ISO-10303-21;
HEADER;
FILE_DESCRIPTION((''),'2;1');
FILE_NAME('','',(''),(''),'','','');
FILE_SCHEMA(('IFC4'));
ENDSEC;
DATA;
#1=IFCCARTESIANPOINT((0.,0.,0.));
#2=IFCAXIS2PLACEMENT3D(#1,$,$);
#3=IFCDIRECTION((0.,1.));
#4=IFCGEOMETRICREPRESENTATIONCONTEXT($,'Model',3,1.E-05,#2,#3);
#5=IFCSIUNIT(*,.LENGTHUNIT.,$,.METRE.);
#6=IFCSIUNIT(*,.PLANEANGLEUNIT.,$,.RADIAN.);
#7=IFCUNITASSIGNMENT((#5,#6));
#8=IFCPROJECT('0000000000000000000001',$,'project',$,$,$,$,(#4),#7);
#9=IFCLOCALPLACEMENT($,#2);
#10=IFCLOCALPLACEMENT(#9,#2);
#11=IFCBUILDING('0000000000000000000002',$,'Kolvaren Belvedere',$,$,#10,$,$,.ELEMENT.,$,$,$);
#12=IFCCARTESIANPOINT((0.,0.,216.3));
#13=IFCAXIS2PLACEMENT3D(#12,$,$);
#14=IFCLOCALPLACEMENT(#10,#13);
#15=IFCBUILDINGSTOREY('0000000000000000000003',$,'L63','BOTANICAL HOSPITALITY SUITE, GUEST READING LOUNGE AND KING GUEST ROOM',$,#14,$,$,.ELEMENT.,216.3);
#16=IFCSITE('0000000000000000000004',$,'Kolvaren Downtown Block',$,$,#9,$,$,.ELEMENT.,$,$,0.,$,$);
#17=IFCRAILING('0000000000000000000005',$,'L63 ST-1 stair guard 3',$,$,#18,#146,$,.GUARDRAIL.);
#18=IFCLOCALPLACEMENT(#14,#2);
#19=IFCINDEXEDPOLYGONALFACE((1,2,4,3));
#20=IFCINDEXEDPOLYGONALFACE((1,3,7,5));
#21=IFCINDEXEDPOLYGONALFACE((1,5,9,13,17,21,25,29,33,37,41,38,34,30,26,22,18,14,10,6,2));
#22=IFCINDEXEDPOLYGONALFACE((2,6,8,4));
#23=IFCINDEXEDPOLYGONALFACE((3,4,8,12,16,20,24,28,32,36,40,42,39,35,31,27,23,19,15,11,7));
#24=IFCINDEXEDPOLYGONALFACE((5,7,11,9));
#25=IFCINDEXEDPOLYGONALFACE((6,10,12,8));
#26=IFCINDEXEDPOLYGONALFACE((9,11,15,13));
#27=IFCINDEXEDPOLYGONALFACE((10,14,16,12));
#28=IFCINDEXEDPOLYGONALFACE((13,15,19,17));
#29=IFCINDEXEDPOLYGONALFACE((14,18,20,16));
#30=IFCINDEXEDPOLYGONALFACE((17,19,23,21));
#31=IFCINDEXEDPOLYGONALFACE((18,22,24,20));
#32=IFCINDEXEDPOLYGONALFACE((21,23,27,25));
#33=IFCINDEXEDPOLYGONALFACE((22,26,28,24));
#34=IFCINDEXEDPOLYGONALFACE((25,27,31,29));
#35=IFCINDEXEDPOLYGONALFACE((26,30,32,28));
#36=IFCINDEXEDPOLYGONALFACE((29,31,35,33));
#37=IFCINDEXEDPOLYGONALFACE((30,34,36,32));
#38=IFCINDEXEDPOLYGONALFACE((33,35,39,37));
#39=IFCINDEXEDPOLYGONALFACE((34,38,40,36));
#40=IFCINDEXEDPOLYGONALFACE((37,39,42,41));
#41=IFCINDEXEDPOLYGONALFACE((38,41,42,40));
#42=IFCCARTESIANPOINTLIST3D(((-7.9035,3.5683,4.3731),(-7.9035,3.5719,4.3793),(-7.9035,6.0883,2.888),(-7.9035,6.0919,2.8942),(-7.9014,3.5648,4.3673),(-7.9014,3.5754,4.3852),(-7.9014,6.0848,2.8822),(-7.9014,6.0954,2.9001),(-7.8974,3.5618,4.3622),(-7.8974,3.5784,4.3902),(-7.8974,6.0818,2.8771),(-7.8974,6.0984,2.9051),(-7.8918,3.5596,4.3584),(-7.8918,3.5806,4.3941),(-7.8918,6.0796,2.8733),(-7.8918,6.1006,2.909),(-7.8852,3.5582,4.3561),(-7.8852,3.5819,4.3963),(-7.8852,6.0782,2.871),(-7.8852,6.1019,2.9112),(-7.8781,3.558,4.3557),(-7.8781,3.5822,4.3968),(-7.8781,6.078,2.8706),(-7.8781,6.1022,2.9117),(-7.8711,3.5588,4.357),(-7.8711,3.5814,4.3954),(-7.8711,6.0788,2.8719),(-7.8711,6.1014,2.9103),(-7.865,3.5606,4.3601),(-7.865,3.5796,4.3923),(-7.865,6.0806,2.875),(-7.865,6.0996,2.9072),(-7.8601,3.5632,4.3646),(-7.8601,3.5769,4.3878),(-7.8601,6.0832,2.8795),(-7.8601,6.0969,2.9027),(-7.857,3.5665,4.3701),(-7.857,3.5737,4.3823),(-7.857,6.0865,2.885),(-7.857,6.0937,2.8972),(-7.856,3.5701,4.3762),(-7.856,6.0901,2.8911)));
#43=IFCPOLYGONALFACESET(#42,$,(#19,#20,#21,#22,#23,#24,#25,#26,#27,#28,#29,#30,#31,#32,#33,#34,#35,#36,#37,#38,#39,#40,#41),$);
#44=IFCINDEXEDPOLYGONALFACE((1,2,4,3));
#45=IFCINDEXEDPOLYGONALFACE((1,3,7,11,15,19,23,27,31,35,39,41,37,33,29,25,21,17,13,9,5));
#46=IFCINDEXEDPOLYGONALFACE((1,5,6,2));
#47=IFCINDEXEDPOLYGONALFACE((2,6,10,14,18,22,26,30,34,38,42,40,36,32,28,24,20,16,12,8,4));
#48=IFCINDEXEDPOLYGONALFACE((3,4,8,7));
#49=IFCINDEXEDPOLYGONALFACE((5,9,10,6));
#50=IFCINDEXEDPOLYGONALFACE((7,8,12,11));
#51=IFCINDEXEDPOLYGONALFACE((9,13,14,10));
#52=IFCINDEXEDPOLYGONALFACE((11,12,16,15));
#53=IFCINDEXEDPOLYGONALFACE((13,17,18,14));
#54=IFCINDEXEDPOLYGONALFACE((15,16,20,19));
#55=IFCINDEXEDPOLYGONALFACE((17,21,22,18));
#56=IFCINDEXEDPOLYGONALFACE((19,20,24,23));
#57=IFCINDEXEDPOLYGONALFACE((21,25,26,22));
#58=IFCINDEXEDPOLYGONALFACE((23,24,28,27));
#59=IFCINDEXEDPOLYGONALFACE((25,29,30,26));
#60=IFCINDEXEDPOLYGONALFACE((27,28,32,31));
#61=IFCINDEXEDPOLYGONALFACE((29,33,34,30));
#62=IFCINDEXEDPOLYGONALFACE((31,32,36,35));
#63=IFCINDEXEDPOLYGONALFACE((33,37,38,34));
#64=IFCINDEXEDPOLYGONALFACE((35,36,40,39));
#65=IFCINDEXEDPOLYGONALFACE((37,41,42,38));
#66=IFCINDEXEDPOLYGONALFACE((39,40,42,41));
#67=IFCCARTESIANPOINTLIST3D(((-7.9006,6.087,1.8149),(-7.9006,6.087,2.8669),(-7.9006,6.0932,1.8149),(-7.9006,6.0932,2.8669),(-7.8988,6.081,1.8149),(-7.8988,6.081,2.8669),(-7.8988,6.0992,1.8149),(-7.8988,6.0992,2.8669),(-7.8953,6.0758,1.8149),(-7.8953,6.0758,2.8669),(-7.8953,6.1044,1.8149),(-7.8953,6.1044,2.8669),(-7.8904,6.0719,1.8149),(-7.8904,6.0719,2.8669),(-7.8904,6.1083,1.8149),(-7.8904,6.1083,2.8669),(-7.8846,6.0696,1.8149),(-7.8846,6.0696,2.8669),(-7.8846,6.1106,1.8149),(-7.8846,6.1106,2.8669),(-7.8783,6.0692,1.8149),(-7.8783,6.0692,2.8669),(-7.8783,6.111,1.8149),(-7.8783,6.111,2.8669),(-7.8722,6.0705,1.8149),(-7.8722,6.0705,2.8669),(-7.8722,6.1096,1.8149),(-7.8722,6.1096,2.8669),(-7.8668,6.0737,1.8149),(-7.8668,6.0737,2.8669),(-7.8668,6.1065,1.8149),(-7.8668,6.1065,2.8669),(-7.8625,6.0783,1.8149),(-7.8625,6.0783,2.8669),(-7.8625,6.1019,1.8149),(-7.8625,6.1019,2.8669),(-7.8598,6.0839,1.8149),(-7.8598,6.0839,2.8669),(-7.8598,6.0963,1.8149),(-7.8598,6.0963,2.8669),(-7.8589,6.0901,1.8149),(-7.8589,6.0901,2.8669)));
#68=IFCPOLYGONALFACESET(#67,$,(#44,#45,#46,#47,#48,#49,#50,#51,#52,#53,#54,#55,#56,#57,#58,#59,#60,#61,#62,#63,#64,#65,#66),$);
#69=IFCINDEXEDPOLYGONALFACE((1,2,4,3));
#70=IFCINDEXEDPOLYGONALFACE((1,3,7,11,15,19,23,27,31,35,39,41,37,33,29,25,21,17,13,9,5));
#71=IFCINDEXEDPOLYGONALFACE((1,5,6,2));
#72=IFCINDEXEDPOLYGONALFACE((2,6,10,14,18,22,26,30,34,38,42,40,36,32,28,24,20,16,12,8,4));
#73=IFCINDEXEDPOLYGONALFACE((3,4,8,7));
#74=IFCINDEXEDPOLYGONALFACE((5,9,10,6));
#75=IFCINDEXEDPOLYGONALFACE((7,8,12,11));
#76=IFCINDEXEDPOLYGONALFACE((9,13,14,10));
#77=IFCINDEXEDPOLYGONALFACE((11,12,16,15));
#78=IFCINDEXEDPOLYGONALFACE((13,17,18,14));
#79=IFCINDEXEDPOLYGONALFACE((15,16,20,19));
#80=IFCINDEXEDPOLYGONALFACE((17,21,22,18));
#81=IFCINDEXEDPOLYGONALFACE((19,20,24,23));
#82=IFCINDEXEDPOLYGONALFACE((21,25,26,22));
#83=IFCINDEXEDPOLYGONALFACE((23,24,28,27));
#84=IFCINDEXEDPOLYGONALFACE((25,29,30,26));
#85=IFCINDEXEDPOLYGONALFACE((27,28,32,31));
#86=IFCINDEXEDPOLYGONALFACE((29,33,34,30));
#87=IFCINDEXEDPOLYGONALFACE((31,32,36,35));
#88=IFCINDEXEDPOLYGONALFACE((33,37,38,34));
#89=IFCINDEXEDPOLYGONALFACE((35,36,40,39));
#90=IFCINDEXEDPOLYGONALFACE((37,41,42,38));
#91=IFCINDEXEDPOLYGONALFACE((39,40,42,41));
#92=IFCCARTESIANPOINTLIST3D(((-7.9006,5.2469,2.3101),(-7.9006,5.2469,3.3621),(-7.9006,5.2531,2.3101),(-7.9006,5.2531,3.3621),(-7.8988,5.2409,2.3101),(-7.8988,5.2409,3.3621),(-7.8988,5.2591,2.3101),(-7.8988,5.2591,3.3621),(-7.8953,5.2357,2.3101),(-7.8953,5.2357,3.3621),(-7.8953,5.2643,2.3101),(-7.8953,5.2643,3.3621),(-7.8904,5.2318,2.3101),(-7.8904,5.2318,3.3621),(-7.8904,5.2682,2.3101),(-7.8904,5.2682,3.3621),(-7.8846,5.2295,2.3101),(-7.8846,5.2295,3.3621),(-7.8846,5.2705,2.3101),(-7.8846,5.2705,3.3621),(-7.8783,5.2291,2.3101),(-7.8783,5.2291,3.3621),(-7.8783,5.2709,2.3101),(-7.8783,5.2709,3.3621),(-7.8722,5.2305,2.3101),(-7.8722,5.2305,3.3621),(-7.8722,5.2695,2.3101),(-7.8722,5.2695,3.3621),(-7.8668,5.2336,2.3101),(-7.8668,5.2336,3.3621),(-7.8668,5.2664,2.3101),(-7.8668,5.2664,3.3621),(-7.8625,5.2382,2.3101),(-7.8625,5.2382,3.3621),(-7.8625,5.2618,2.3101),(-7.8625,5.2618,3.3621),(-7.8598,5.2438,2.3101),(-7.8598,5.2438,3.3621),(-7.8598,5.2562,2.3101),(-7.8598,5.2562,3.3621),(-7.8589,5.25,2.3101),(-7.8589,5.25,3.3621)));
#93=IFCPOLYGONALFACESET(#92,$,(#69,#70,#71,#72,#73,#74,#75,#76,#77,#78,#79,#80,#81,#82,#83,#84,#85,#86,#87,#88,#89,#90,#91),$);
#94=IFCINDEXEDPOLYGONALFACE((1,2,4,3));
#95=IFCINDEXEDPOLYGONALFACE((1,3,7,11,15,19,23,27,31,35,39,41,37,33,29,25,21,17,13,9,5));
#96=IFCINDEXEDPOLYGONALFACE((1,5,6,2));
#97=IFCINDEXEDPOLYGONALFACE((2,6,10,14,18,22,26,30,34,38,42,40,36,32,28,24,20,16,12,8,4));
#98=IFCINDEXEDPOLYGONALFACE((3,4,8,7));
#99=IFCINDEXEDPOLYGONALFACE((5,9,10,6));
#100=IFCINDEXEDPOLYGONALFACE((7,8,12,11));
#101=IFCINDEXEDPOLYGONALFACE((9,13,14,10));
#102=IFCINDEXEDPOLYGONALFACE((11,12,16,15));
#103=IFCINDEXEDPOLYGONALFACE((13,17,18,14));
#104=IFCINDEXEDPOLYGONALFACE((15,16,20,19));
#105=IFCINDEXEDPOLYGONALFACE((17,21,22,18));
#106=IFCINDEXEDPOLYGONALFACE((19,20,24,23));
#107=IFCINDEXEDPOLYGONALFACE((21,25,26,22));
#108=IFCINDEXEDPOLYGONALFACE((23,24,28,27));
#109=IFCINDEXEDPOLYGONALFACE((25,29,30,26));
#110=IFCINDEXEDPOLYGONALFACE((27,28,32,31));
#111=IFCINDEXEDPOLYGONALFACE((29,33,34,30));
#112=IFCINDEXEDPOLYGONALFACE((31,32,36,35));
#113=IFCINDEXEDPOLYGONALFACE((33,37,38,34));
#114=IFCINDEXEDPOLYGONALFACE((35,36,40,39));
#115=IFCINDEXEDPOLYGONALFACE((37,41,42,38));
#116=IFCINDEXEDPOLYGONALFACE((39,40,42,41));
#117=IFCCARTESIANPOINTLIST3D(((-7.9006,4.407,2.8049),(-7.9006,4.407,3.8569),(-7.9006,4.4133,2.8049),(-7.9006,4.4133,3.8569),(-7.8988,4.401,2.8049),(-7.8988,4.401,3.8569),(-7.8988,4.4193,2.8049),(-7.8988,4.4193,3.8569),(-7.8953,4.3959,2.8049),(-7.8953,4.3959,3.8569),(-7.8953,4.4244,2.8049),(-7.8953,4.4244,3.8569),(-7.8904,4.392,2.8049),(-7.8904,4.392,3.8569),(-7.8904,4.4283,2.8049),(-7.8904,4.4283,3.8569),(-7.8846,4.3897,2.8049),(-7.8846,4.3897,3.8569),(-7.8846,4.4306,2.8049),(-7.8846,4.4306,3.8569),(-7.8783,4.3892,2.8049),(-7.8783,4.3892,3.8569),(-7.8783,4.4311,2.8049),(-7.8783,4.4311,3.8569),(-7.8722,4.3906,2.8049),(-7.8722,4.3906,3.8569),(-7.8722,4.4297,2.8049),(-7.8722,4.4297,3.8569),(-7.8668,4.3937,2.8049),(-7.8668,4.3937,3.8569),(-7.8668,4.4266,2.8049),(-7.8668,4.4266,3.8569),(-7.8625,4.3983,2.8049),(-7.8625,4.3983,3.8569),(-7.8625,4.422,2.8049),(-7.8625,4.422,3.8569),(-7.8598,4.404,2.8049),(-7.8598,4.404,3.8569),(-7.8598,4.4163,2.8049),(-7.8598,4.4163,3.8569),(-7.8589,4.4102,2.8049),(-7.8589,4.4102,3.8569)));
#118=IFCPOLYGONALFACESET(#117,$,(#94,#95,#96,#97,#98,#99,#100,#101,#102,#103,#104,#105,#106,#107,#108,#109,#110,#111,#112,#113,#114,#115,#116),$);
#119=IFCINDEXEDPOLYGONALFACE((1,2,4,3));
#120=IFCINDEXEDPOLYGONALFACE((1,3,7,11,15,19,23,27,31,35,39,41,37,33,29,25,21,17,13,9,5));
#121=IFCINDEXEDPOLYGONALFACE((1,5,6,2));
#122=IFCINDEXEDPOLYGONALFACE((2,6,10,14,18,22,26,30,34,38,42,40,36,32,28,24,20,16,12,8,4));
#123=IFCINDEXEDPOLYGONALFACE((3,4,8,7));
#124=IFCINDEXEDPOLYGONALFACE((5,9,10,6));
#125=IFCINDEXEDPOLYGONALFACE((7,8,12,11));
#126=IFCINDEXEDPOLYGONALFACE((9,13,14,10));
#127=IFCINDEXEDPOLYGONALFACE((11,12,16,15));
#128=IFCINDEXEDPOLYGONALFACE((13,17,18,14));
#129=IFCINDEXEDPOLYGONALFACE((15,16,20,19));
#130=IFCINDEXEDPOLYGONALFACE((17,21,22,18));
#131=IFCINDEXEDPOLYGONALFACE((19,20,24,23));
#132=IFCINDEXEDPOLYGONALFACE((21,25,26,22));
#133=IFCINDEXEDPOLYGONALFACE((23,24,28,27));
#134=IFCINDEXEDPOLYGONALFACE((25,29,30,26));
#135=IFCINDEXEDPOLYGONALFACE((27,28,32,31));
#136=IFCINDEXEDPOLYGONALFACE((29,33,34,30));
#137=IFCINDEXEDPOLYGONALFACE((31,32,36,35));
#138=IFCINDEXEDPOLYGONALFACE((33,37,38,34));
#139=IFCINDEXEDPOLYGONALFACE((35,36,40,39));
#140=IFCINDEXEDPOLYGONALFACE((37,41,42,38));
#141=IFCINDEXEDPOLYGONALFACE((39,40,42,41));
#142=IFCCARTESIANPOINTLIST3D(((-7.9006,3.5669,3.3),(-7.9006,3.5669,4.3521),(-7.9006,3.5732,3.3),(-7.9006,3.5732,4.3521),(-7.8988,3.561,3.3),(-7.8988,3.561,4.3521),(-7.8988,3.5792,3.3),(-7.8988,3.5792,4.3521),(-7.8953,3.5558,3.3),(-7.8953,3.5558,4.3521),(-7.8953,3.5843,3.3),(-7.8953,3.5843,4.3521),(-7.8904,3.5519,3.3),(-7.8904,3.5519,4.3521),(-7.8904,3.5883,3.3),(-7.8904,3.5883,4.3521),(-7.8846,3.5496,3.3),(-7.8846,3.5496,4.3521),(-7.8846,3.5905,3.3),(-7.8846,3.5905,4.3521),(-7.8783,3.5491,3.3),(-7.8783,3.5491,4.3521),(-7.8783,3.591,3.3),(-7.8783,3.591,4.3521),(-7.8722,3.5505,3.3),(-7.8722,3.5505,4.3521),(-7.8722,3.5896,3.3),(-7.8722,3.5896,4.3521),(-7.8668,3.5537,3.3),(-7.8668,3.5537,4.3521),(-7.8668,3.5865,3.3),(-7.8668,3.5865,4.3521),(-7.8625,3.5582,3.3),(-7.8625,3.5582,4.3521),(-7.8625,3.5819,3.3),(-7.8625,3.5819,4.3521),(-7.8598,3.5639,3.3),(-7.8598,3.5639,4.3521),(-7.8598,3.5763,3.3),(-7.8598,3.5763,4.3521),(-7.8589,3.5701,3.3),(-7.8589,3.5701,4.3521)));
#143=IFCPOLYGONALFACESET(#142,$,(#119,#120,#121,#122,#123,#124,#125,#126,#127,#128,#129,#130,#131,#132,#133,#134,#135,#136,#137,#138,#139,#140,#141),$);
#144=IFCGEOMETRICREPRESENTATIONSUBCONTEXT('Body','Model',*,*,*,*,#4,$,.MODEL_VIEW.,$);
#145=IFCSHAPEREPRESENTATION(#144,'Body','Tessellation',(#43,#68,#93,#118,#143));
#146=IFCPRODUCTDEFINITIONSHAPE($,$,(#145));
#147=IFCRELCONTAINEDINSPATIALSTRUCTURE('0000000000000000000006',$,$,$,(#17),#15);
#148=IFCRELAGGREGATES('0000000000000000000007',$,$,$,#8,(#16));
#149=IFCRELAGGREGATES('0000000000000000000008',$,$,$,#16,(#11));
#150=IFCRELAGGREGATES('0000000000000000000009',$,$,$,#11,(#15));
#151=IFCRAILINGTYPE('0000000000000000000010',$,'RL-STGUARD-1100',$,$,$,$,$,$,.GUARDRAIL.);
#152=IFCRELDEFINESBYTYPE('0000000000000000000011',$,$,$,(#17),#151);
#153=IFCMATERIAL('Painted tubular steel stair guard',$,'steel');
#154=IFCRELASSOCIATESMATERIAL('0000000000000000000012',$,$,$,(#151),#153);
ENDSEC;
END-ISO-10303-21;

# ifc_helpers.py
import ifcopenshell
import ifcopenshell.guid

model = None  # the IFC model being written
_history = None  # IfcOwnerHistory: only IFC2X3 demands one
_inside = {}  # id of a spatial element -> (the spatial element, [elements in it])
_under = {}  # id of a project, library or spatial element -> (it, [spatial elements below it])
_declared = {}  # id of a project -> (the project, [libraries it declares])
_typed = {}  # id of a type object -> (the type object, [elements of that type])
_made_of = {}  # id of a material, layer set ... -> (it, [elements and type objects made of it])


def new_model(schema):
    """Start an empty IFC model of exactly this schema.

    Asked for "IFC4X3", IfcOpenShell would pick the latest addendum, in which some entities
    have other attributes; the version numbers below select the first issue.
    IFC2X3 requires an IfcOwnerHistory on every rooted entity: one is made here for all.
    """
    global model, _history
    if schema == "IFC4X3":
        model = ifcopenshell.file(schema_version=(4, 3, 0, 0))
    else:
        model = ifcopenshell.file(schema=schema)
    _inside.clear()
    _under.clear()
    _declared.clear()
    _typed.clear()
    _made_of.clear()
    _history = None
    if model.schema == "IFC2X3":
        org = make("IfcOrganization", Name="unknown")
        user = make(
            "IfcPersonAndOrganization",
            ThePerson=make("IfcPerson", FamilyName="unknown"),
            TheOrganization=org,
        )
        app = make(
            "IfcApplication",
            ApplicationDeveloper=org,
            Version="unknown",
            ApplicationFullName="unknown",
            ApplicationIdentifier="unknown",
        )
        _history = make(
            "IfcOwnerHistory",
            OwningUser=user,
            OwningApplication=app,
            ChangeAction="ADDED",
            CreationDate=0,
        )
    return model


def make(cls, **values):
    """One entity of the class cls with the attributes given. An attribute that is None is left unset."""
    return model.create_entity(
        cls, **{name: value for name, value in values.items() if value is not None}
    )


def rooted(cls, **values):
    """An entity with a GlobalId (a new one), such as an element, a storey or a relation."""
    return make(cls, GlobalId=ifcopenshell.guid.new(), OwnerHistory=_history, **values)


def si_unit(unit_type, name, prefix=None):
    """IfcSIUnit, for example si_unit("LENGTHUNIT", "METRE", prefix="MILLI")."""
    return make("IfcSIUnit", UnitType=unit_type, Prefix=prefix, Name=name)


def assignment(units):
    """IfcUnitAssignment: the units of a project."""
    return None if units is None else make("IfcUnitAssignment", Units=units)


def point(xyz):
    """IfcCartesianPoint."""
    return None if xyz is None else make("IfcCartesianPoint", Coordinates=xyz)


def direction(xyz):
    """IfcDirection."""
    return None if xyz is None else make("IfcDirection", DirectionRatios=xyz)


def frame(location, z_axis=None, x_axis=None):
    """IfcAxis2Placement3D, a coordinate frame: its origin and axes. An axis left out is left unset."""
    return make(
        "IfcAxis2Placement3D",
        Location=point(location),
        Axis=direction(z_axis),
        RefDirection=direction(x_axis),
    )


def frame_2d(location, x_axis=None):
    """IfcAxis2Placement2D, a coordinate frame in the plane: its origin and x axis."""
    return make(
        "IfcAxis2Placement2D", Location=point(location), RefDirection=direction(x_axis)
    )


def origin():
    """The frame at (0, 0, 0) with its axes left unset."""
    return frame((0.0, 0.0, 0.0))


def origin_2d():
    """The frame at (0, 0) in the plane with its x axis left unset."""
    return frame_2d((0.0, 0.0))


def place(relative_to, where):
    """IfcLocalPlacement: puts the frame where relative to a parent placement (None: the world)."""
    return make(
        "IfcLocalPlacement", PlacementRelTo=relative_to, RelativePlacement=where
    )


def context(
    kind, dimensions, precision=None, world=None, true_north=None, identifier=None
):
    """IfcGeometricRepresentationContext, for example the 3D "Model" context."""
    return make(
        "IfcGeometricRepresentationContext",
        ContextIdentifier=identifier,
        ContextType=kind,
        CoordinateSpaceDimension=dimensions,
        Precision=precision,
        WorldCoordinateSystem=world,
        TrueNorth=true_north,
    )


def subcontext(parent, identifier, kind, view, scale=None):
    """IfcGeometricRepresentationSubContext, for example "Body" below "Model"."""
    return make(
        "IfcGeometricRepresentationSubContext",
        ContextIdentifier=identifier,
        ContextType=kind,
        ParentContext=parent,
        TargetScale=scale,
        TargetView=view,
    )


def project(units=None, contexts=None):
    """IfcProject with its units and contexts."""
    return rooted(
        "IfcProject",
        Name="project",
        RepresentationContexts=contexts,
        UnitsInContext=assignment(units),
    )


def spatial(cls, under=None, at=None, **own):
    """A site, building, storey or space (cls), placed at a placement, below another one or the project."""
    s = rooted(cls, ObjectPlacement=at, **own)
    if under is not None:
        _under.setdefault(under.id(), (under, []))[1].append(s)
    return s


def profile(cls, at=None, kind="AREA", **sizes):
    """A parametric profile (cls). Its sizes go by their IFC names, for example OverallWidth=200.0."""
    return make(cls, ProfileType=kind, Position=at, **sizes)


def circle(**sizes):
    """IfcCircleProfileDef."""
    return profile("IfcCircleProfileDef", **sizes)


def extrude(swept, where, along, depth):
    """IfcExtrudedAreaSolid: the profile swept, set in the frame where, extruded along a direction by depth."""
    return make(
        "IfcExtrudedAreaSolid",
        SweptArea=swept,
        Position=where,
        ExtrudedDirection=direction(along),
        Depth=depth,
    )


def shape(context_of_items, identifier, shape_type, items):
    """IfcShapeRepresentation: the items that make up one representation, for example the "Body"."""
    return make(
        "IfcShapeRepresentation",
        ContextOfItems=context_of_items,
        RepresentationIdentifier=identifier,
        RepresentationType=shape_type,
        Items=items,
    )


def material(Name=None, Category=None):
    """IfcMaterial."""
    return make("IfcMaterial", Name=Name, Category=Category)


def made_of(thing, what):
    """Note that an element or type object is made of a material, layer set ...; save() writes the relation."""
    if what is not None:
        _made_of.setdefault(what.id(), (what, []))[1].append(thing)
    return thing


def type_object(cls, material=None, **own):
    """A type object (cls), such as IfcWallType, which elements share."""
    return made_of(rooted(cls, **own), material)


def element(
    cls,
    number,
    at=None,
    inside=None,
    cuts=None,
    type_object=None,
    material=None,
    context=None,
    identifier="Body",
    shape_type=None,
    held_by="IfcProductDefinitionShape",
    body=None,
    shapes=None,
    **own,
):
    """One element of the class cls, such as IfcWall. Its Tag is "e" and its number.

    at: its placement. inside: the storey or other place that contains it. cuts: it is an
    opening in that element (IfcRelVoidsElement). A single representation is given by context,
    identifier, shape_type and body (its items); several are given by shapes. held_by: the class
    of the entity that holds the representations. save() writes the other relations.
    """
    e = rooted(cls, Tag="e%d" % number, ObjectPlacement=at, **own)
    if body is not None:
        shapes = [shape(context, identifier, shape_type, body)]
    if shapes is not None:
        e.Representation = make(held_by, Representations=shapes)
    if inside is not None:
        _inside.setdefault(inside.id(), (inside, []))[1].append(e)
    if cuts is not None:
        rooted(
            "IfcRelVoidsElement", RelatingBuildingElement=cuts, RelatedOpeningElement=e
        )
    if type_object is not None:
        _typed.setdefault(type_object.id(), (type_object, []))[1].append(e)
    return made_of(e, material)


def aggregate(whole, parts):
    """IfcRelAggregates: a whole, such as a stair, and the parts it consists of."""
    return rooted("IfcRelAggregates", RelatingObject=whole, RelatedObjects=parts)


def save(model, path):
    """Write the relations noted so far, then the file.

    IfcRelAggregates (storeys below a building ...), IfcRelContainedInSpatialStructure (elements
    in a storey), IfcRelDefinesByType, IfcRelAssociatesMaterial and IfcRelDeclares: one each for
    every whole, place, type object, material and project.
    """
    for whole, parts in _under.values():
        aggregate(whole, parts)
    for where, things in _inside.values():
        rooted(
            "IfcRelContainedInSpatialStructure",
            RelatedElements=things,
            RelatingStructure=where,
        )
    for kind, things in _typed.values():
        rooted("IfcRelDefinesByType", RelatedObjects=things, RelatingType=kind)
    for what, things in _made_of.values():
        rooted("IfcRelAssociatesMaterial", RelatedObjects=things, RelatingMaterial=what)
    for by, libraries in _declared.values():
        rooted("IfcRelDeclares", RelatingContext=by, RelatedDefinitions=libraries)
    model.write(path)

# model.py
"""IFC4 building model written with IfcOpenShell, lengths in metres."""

from ifc_helpers import new_model, si_unit, direction, frame, origin, origin_2d, place, context, subcontext, project, spatial, circle, extrude, material, type_object, element, save


model = new_model("IFC4")

# Units and contexts
model_context = context("Model", 3, precision=1e-05, world=origin(), true_north=direction((0.0, 1.0)))
body_context = subcontext(model_context, "Body", "Model", "MODEL_VIEW")
ifc_project = project(units=[si_unit("LENGTHUNIT", "METRE"), si_unit("PLANEANGLEUNIT", "RADIAN")], contexts=[model_context])

# Site, building, storey
site_placement = place(None, origin())
site = spatial("IfcSite", under=ifc_project, at=site_placement, Name="Kolvaren Downtown Block", CompositionType="ELEMENT", RefElevation=0.0)
building_placement = place(site_placement, origin())
building = spatial("IfcBuilding", under=site, at=building_placement, Name="Kolvaren Belvedere", CompositionType="ELEMENT")
storey_placement = place(building_placement, frame((0.0, 0.0, 216.3)))
storey = spatial("IfcBuildingStorey", under=building, at=storey_placement, Name="L63", Description="BOTANICAL HOSPITALITY SUITE, GUEST READING LOUNGE AND KING GUEST ROOM", CompositionType="ELEMENT", Elevation=216.3)

# Railing
ifc_material_1 = material(Name="Painted tubular steel stair guard", Category="steel")
railing_type_1 = type_object("IfcRailingType", Name="RL-STGUARD-1100", PredefinedType="GUARDRAIL", material=ifc_material_1)
railing_1_placement = place(storey_placement, frame((-7.8799, 6.0901, 1.8149)))
element("IfcRailing", 1, at=railing_1_placement, inside=storey, type_object=railing_type_1, Name="L63 ST-1 stair guard 3", PredefinedType="GUARDRAIL", context=body_context, shape_type="SweptSolid", body=[
    extrude(circle(Radius=0.0239, at=origin_2d()), frame((0.0, 0.0, 1.0762), z_axis=(0.0, -0.861524, 0.507717), x_axis=(1.0, 0.0, 0.0)), (0.0, 0.0, 1.0), 2.925),
    extrude(circle(Radius=0.021, at=origin_2d()), origin(), (0.0, 0.0, 1.0), 1.052),
    extrude(circle(Radius=0.021, at=origin_2d()), frame((0.0, -0.8401, 0.4951)), (0.0, 0.0, 1.0), 1.052),
    extrude(circle(Radius=0.021, at=origin_2d()), frame((0.0, -1.6799, 0.99)), (0.0, 0.0, 1.0), 1.052),
    extrude(circle(Radius=0.021, at=origin_2d()), frame((0.0, -2.52, 1.4851)), (0.0, 0.0, 1.0), 1.052),
])

save(model, "model.ifc")
